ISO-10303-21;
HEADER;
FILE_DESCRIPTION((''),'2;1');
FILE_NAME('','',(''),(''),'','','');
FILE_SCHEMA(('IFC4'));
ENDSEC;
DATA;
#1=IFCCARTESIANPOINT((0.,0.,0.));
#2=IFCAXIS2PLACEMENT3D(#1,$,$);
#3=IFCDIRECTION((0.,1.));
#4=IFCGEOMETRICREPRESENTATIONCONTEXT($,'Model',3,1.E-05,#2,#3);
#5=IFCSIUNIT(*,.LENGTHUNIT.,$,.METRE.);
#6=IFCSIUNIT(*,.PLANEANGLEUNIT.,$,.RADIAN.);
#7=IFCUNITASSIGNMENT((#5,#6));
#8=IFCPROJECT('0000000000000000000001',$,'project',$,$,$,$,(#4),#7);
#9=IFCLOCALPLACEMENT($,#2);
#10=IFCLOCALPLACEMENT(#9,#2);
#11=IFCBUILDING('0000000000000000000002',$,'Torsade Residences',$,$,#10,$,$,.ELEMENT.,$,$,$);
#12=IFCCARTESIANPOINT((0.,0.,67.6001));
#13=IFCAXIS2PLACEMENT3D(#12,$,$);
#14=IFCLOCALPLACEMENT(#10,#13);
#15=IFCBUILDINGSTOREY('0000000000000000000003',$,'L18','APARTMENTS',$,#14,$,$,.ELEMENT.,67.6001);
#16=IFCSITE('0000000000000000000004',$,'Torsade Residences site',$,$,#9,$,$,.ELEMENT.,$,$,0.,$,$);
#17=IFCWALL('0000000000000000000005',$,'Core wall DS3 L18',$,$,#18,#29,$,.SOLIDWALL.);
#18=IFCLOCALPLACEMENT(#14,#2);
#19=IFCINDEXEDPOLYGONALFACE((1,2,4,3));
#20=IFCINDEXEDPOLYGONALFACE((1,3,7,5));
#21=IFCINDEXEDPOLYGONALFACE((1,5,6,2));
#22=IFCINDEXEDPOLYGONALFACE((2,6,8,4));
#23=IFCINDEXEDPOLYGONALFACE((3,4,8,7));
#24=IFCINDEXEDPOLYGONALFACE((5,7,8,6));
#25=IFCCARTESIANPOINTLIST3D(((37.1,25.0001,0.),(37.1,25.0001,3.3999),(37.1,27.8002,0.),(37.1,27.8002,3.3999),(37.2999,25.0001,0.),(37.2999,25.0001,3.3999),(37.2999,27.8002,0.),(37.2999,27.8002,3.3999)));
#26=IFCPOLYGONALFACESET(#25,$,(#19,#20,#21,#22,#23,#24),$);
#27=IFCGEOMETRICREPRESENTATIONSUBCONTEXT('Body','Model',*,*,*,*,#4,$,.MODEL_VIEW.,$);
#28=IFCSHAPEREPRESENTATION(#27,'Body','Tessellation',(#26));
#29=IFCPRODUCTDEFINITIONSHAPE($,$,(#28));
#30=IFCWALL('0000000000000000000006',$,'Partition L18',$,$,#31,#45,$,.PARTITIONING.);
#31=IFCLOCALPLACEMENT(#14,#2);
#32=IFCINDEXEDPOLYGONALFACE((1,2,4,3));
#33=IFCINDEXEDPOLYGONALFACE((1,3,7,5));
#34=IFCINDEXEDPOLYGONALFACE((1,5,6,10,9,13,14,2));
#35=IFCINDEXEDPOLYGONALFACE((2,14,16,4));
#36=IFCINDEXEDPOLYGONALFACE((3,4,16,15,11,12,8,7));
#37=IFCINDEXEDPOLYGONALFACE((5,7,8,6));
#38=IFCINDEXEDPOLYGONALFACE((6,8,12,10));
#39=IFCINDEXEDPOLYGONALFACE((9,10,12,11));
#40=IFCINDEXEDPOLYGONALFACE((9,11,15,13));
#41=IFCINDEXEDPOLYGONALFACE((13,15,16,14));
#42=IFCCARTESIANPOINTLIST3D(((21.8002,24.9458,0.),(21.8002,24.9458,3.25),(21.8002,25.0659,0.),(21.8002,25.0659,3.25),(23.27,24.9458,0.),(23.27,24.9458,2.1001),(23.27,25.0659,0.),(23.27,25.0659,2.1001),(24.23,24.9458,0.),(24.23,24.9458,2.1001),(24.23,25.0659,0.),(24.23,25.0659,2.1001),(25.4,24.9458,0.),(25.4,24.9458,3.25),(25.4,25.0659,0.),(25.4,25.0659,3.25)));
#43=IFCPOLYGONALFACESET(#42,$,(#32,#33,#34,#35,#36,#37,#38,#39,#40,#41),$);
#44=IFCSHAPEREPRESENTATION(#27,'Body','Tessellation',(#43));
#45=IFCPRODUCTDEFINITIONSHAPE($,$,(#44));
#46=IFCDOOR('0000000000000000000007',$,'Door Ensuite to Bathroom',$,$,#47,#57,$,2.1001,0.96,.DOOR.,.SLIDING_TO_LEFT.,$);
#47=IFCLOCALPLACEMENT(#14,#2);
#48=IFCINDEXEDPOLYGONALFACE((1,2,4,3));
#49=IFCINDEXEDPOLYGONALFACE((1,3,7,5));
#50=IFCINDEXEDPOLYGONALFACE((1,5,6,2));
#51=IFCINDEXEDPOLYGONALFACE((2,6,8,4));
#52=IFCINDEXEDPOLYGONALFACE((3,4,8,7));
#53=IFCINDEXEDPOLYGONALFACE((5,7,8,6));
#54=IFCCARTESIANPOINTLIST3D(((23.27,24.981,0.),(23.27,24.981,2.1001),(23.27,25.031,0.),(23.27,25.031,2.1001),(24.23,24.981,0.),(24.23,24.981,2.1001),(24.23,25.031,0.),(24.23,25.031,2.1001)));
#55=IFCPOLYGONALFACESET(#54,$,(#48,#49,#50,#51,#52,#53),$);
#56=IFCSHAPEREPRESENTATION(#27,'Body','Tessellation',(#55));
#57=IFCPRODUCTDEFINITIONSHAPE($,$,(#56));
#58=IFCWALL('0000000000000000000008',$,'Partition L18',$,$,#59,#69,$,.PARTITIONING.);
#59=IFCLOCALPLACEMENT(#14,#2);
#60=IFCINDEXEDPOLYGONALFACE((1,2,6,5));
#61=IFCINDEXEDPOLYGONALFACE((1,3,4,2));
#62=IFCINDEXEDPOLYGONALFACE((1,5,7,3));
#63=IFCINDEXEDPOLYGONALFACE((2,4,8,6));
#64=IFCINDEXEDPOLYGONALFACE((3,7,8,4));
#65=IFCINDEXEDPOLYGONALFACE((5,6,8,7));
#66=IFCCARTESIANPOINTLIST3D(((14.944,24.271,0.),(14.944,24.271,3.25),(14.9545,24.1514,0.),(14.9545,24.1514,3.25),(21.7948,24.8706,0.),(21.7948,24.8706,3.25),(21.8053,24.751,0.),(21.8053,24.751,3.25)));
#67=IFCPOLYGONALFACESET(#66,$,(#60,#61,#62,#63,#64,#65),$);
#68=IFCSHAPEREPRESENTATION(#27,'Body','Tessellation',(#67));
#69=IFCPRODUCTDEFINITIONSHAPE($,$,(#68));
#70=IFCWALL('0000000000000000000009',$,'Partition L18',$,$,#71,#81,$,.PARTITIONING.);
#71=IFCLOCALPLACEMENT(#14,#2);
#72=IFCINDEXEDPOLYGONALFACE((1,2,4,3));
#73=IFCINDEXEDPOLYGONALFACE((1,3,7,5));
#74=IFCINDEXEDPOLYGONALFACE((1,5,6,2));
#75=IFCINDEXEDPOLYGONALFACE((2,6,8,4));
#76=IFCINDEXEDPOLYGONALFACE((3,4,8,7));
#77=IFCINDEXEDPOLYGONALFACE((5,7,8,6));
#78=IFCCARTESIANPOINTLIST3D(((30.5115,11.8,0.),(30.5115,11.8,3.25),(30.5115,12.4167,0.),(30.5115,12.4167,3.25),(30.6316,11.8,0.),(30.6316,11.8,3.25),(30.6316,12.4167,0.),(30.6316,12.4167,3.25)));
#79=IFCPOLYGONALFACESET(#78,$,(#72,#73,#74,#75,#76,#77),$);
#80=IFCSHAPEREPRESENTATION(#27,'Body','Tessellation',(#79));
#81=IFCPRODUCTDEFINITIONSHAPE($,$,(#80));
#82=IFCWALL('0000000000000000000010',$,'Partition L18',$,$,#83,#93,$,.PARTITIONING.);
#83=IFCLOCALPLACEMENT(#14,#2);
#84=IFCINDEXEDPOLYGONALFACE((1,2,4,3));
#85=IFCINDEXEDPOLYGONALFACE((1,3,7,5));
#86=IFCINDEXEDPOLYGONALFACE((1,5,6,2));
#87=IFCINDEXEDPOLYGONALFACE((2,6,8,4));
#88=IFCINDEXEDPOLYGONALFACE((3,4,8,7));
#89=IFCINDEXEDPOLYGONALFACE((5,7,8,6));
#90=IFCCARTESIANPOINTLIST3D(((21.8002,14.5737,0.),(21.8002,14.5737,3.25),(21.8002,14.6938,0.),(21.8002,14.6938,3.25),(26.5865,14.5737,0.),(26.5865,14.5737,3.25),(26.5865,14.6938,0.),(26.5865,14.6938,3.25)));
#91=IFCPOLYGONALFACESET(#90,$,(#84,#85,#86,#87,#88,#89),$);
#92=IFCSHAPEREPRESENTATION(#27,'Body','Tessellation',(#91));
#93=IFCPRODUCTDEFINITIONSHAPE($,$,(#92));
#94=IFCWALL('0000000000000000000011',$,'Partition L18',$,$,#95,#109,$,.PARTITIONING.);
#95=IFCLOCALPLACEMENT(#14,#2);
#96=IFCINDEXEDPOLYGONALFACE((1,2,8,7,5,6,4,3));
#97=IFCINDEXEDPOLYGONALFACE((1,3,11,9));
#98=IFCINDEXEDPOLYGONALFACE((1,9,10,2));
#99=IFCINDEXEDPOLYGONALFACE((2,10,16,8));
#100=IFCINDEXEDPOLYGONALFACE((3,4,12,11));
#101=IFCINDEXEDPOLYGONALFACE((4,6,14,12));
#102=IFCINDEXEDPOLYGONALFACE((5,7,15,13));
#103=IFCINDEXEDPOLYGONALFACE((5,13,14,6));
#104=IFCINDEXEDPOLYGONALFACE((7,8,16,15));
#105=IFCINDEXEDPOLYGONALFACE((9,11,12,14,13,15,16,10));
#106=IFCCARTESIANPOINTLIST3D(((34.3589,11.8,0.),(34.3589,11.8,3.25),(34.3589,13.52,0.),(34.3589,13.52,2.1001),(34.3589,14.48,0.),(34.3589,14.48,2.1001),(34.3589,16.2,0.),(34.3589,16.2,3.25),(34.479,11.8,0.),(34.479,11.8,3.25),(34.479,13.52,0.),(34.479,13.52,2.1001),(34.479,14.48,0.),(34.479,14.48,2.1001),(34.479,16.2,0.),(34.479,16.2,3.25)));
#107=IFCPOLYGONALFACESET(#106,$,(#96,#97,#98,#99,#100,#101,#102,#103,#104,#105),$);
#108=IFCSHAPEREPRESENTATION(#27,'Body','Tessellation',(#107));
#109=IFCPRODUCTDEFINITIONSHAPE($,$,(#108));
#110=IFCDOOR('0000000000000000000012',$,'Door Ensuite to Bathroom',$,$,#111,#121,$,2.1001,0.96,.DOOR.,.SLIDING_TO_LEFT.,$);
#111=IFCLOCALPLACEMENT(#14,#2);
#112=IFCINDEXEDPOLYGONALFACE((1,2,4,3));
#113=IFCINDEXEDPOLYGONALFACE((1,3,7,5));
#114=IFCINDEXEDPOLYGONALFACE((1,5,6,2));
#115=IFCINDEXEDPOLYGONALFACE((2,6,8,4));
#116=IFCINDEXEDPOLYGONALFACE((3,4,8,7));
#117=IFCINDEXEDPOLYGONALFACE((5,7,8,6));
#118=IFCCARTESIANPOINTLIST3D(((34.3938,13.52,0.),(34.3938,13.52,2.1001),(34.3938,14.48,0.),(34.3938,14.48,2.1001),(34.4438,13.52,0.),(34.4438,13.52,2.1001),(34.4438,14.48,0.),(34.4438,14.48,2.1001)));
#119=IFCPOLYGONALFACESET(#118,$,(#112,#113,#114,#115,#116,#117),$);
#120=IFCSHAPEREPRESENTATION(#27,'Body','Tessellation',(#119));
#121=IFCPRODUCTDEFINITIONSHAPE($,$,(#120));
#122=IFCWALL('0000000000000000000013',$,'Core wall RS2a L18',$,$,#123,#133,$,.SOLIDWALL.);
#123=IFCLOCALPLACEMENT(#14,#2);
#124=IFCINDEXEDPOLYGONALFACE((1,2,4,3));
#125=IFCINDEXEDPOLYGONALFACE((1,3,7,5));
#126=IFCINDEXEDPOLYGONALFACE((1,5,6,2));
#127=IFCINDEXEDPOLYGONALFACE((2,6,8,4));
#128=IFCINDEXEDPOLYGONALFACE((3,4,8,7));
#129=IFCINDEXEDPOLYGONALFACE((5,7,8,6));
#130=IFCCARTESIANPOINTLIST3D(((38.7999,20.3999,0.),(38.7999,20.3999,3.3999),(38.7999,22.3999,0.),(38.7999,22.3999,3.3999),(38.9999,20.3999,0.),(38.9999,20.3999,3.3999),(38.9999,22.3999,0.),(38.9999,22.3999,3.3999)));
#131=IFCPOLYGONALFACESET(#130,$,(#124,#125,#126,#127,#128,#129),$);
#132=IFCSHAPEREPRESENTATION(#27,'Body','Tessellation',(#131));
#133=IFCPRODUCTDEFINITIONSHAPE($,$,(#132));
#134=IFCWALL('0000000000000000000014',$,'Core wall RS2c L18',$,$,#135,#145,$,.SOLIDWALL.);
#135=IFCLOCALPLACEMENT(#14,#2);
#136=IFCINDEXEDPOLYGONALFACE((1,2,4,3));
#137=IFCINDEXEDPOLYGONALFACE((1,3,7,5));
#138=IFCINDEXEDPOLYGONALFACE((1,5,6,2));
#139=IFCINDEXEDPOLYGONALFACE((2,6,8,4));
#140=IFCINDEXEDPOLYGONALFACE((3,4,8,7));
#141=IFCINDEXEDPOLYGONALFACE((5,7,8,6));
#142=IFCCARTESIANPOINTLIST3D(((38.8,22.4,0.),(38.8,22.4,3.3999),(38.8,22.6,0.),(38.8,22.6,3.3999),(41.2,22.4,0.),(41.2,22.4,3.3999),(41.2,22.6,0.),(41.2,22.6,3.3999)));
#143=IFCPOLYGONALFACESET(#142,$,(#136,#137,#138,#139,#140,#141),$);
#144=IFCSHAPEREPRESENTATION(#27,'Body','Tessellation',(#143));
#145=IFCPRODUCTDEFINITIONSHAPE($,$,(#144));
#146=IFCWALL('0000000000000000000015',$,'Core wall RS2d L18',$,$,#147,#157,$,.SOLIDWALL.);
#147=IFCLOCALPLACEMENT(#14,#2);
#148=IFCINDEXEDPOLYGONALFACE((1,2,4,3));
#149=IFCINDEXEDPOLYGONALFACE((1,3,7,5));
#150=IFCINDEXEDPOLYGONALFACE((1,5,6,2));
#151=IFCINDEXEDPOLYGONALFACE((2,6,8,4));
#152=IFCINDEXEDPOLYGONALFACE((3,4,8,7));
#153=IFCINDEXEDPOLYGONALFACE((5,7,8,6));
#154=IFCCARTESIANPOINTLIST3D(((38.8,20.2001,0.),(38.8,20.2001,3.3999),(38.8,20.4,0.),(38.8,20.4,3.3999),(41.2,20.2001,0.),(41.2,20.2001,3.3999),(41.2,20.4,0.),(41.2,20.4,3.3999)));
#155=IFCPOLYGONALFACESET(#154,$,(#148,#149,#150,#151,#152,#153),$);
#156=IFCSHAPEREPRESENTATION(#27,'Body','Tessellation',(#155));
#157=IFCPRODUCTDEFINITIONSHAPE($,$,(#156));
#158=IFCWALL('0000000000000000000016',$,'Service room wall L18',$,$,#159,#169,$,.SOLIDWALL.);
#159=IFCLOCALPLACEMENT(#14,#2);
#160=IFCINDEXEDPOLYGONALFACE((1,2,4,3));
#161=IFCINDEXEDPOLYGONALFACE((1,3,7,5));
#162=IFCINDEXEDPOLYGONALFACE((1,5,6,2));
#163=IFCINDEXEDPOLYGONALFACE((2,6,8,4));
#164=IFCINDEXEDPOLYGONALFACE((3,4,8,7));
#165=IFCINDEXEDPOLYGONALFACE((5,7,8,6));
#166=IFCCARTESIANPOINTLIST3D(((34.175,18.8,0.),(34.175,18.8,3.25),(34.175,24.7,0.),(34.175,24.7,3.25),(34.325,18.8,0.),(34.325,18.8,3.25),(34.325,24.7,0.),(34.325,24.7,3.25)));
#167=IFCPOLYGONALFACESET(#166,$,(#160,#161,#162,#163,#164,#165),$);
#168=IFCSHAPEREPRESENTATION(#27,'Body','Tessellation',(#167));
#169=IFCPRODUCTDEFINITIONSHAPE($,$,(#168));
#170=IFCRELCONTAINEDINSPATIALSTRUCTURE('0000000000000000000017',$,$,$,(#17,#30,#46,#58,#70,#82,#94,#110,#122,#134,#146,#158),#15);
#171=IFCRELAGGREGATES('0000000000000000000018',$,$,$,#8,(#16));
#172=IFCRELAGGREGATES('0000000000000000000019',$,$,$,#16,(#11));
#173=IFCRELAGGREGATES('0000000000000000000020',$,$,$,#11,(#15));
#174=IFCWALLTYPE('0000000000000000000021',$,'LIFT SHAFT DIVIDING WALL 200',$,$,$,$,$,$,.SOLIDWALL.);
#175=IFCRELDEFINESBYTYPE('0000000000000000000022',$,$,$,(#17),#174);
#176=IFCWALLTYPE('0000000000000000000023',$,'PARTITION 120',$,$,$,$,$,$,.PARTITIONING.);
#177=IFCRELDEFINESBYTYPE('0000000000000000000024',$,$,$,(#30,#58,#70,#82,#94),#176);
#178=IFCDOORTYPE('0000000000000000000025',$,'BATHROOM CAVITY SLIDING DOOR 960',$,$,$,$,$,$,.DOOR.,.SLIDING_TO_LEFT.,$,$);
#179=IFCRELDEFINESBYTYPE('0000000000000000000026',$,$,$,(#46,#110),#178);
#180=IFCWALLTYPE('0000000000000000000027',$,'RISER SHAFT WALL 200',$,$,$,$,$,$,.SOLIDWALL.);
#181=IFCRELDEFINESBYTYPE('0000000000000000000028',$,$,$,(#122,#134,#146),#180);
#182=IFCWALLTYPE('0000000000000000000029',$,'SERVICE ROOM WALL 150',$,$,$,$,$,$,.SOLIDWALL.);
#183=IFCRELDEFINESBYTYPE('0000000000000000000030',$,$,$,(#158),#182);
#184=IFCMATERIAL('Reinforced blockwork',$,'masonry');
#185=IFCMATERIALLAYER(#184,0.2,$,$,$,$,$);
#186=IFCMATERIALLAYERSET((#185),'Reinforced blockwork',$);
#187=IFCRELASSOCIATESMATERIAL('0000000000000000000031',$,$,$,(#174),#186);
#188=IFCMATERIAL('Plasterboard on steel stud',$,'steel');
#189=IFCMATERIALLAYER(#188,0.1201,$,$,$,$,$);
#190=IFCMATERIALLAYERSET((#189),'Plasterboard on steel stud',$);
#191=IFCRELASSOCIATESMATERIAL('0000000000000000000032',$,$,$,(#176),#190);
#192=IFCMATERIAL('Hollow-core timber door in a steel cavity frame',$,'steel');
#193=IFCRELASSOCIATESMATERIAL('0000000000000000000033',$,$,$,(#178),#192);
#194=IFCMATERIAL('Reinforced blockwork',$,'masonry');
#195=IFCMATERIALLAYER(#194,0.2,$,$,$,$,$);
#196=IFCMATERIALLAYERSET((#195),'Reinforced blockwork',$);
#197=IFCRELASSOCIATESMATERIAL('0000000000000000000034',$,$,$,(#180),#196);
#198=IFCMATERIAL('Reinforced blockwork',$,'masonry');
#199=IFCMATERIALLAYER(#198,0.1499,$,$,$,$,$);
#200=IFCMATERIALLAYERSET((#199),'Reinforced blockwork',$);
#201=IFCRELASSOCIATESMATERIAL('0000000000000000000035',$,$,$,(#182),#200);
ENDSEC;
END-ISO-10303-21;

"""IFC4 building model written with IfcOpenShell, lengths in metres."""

from ifc_helpers import new_model, si_unit, direction, frame, frame_2d, origin, place, context, subcontext, project, spatial, rectangle, extrude, material, layer, layer_set, type_object, element, fill, save


model = new_model("IFC4")

# Units and contexts
model_context = context("Model", 3, precision=1e-05, world=origin(), true_north=direction((0.0, 1.0)))
body_context = subcontext(model_context, "Body", "Model", "MODEL_VIEW")
ifc_project = project(units=[si_unit("LENGTHUNIT", "METRE"), si_unit("PLANEANGLEUNIT", "RADIAN")], contexts=[model_context])

# Site, building, storey
site_placement = place(None, origin())
site = spatial("IfcSite", under=ifc_project, at=site_placement, Name="Torsade Residences site", CompositionType="ELEMENT", RefElevation=0.0)
building_placement = place(site_placement, origin())
building = spatial("IfcBuilding", under=site, at=building_placement, Name="Torsade Residences", CompositionType="ELEMENT")
storey_placement = place(building_placement, frame((0.0, 0.0, 67.6001)))
storey = spatial("IfcBuildingStorey", under=building, at=storey_placement, Name="L18", Description="APARTMENTS", CompositionType="ELEMENT", Elevation=67.6001)

# Wall
ifc_material_1 = material(Name="Reinforced blockwork", Category="masonry")
ifc_layer_1 = layer(ifc_material_1, 0.2)
ifc_layer_set_1 = layer_set([ifc_layer_1], Name="Reinforced blockwork")
wall_type_1 = type_object("IfcWallType", Name="LIFT SHAFT DIVIDING WALL 200", PredefinedType="SOLIDWALL", material=ifc_layer_set_1)
wall_1_placement = place(storey_placement, frame((37.2, 27.8, 0.0), z_axis=(0.0, 0.0, 1.0), x_axis=(0.0, -1.0, 0.0)))
element("IfcWall", 1, at=wall_1_placement, inside=storey, type_object=wall_type_1, Name="Core wall DS3 L18", PredefinedType="SOLIDWALL", context=body_context, shape_type="SweptSolid", body=[
    extrude(rectangle(XDim=2.8, YDim=0.2, at=frame_2d((1.3999, 0.0))), origin(), (0.0, 0.0, 1.0), 3.3999),
])

# Wall, opening, door
ifc_material_2 = material(Name="Plasterboard on steel stud", Category="steel")
ifc_layer_2 = layer(ifc_material_2, 0.1201)
ifc_layer_set_2 = layer_set([ifc_layer_2], Name="Plasterboard on steel stud")
wall_type_2 = type_object("IfcWallType", Name="PARTITION 120", PredefinedType="PARTITIONING", material=ifc_layer_set_2)
wall_2_placement = place(storey_placement, frame((25.3999, 25.0059, 0.0), z_axis=(0.0, 0.0, 1.0), x_axis=(-1.0, 0.0, 0.0)))
wall_2 = element("IfcWall", 2, at=wall_2_placement, inside=storey, type_object=wall_type_2, Name="Partition L18", PredefinedType="PARTITIONING", context=body_context, shape_type="SweptSolid", body=[
    extrude(rectangle(XDim=3.5999, YDim=0.1201, at=frame_2d((1.7998, 0.0))), origin(), (0.0, 0.0, 1.0), 3.25),
])
opening_1_placement = place(wall_2_placement, frame((1.1699, 0.0, 0.0)))
opening_1 = element("IfcOpeningElement", 3, at=opening_1_placement, cuts=wall_2, PredefinedType="OPENING", context=body_context, shape_type="SweptSolid", body=[
    extrude(rectangle(XDim=0.96, YDim=2.1001, at=frame_2d((0.48, 1.05))), frame((0.0, 0.0701, 0.0), z_axis=(0.0, -1.0, 0.0), x_axis=(1.0, 0.0, 0.0)), (0.0, 0.0, 1.0), 0.1401),
])
ifc_material_3 = material(Name="Hollow-core timber door in a steel cavity frame", Category="steel")
door_type_1 = type_object("IfcDoorType", Name="BATHROOM CAVITY SLIDING DOOR 960", OperationType="SLIDING_TO_LEFT", PredefinedType="DOOR", material=ifc_material_3)
door_1_placement = place(opening_1_placement, origin())
door_1 = element("IfcDoor", 4, at=door_1_placement, inside=storey, type_object=door_type_1, Name="Door Ensuite to Bathroom", OperationType="SLIDING_TO_LEFT", OverallHeight=2.1001, OverallWidth=0.96, PredefinedType="DOOR", context=body_context, shape_type="SweptSolid", body=[
    extrude(rectangle(XDim=0.96, YDim=2.1001, at=frame_2d((0.48, 1.05))), frame((0.0, 0.0249, 0.0), z_axis=(0.0, -1.0, 0.0), x_axis=(1.0, 0.0, 0.0)), (0.0, 0.0, 1.0), 0.05),
])
fill(opening_1, door_1)

# Walls
wall_3_placement = place(storey_placement, frame((21.8, 24.8108, 0.0), z_axis=(0.0, 0.0, 1.0), x_axis=(-0.996192, -0.08719, 0.0)))
element("IfcWall", 5, at=wall_3_placement, inside=storey, type_object=wall_type_2, Name="Partition L18", PredefinedType="PARTITIONING", context=body_context, shape_type="SweptSolid", body=[
    extrude(rectangle(XDim=6.877, YDim=0.1201, at=frame_2d((3.4385, 0.0))), origin(), (0.0, 0.0, 1.0), 3.25),
])
wall_4_placement = place(storey_placement, frame((30.5715, 12.4167, 0.0), z_axis=(0.0, 0.0, 1.0), x_axis=(0.0, -1.0, 0.0)))
element("IfcWall", 6, at=wall_4_placement, inside=storey, type_object=wall_type_2, Name="Partition L18", PredefinedType="PARTITIONING", context=body_context, shape_type="SweptSolid", body=[
    extrude(rectangle(XDim=0.6167, YDim=0.1201, at=frame_2d((0.3083, 0.0))), origin(), (0.0, 0.0, 1.0), 3.25),
])
wall_5_placement = place(storey_placement, frame((26.5864, 14.6338, 0.0), z_axis=(0.0, 0.0, 1.0), x_axis=(-1.0, 0.0, 0.0)))
element("IfcWall", 7, at=wall_5_placement, inside=storey, type_object=wall_type_2, Name="Partition L18", PredefinedType="PARTITIONING", context=body_context, shape_type="SweptSolid", body=[
    extrude(rectangle(XDim=4.7864, YDim=0.1201, at=frame_2d((2.3931, 0.0))), origin(), (0.0, 0.0, 1.0), 3.25),
])

# Wall, opening, door
wall_6_placement = place(storey_placement, frame((34.4189, 16.2, 0.0), z_axis=(0.0, 0.0, 1.0), x_axis=(0.0, -1.0, 0.0)))
wall_6 = element("IfcWall", 8, at=wall_6_placement, inside=storey, type_object=wall_type_2, Name="Partition L18", PredefinedType="PARTITIONING", context=body_context, shape_type="SweptSolid", body=[
    extrude(rectangle(XDim=4.3999, YDim=0.1201, at=frame_2d((2.2, 0.0))), origin(), (0.0, 0.0, 1.0), 3.25),
])
opening_2_placement = place(wall_6_placement, frame((1.72, 0.0, 0.0)))
opening_2 = element("IfcOpeningElement", 9, at=opening_2_placement, cuts=wall_6, PredefinedType="OPENING", context=body_context, shape_type="SweptSolid", body=[
    extrude(rectangle(XDim=0.96, YDim=2.1001, at=frame_2d((0.48, 1.05))), frame((0.0, 0.0701, 0.0), z_axis=(0.0, -1.0, 0.0), x_axis=(1.0, 0.0, 0.0)), (0.0, 0.0, 1.0), 0.1401),
])
door_2_placement = place(opening_2_placement, origin())
door_2 = element("IfcDoor", 10, at=door_2_placement, inside=storey, type_object=door_type_1, Name="Door Ensuite to Bathroom", OperationType="SLIDING_TO_LEFT", OverallHeight=2.1001, OverallWidth=0.96, PredefinedType="DOOR", context=body_context, shape_type="SweptSolid", body=[
    extrude(rectangle(XDim=0.96, YDim=2.1001, at=frame_2d((0.48, 1.05))), frame((0.0, 0.0249, 0.0), z_axis=(0.0, -1.0, 0.0), x_axis=(1.0, 0.0, 0.0)), (0.0, 0.0, 1.0), 0.05),
])
fill(opening_2, door_2)

# Walls
ifc_material_4 = material(Name="Reinforced blockwork", Category="masonry")
ifc_layer_3 = layer(ifc_material_4, 0.2)
ifc_layer_set_3 = layer_set([ifc_layer_3], Name="Reinforced blockwork")
wall_type_3 = type_object("IfcWallType", Name="RISER SHAFT WALL 200", PredefinedType="SOLIDWALL", material=ifc_layer_set_3)
wall_7_placement = place(storey_placement, frame((38.8999, 22.3999, 0.0), z_axis=(0.0, 0.0, 1.0), x_axis=(0.0, -1.0, 0.0)))
element("IfcWall", 11, at=wall_7_placement, inside=storey, type_object=wall_type_3, Name="Core wall RS2a L18", PredefinedType="SOLIDWALL", context=body_context, shape_type="SweptSolid", body=[
    extrude(rectangle(XDim=2.0, YDim=0.2, at=frame_2d((1.0, 0.0))), origin(), (0.0, 0.0, 1.0), 3.3999),
])
for number, where, z_axis, x_axis, name in (
    (12, (38.8, 22.5, 0.0), (0.0, 0.0, 1.0), (1.0, 0.0, 0.0), "Core wall RS2c L18"),
    (13, (38.8, 20.3, 0.0), (0.0, 0.0, 1.0), (1.0, 0.0, 0.0), "Core wall RS2d L18"),
):
    element("IfcWall", number, at=place(storey_placement, frame(where, z_axis=z_axis, x_axis=x_axis)), inside=storey, type_object=wall_type_3, Name=name, PredefinedType="SOLIDWALL", context=body_context, shape_type="SweptSolid", body=[
        extrude(rectangle(XDim=2.3999, YDim=0.2, at=frame_2d((1.2, 0.0))), origin(), (0.0, 0.0, 1.0), 3.3999),
    ])
ifc_material_5 = material(Name="Reinforced blockwork", Category="masonry")
ifc_layer_4 = layer(ifc_material_5, 0.1499)
ifc_layer_set_4 = layer_set([ifc_layer_4], Name="Reinforced blockwork")
wall_type_4 = type_object("IfcWallType", Name="SERVICE ROOM WALL 150", PredefinedType="SOLIDWALL", material=ifc_layer_set_4)
wall_8_placement = place(storey_placement, frame((34.25, 18.8, 0.0), z_axis=(0.0, 0.0, 1.0), x_axis=(0.0, 1.0, 0.0)))
element("IfcWall", 14, at=wall_8_placement, inside=storey, type_object=wall_type_4, Name="Service room wall L18", PredefinedType="SOLIDWALL", context=body_context, shape_type="SweptSolid", body=[
    extrude(rectangle(XDim=5.8999, YDim=0.1499, at=frame_2d((2.95, 0.0))), origin(), (0.0, 0.0, 1.0), 3.25),
])

save(model, "model.ifc")
